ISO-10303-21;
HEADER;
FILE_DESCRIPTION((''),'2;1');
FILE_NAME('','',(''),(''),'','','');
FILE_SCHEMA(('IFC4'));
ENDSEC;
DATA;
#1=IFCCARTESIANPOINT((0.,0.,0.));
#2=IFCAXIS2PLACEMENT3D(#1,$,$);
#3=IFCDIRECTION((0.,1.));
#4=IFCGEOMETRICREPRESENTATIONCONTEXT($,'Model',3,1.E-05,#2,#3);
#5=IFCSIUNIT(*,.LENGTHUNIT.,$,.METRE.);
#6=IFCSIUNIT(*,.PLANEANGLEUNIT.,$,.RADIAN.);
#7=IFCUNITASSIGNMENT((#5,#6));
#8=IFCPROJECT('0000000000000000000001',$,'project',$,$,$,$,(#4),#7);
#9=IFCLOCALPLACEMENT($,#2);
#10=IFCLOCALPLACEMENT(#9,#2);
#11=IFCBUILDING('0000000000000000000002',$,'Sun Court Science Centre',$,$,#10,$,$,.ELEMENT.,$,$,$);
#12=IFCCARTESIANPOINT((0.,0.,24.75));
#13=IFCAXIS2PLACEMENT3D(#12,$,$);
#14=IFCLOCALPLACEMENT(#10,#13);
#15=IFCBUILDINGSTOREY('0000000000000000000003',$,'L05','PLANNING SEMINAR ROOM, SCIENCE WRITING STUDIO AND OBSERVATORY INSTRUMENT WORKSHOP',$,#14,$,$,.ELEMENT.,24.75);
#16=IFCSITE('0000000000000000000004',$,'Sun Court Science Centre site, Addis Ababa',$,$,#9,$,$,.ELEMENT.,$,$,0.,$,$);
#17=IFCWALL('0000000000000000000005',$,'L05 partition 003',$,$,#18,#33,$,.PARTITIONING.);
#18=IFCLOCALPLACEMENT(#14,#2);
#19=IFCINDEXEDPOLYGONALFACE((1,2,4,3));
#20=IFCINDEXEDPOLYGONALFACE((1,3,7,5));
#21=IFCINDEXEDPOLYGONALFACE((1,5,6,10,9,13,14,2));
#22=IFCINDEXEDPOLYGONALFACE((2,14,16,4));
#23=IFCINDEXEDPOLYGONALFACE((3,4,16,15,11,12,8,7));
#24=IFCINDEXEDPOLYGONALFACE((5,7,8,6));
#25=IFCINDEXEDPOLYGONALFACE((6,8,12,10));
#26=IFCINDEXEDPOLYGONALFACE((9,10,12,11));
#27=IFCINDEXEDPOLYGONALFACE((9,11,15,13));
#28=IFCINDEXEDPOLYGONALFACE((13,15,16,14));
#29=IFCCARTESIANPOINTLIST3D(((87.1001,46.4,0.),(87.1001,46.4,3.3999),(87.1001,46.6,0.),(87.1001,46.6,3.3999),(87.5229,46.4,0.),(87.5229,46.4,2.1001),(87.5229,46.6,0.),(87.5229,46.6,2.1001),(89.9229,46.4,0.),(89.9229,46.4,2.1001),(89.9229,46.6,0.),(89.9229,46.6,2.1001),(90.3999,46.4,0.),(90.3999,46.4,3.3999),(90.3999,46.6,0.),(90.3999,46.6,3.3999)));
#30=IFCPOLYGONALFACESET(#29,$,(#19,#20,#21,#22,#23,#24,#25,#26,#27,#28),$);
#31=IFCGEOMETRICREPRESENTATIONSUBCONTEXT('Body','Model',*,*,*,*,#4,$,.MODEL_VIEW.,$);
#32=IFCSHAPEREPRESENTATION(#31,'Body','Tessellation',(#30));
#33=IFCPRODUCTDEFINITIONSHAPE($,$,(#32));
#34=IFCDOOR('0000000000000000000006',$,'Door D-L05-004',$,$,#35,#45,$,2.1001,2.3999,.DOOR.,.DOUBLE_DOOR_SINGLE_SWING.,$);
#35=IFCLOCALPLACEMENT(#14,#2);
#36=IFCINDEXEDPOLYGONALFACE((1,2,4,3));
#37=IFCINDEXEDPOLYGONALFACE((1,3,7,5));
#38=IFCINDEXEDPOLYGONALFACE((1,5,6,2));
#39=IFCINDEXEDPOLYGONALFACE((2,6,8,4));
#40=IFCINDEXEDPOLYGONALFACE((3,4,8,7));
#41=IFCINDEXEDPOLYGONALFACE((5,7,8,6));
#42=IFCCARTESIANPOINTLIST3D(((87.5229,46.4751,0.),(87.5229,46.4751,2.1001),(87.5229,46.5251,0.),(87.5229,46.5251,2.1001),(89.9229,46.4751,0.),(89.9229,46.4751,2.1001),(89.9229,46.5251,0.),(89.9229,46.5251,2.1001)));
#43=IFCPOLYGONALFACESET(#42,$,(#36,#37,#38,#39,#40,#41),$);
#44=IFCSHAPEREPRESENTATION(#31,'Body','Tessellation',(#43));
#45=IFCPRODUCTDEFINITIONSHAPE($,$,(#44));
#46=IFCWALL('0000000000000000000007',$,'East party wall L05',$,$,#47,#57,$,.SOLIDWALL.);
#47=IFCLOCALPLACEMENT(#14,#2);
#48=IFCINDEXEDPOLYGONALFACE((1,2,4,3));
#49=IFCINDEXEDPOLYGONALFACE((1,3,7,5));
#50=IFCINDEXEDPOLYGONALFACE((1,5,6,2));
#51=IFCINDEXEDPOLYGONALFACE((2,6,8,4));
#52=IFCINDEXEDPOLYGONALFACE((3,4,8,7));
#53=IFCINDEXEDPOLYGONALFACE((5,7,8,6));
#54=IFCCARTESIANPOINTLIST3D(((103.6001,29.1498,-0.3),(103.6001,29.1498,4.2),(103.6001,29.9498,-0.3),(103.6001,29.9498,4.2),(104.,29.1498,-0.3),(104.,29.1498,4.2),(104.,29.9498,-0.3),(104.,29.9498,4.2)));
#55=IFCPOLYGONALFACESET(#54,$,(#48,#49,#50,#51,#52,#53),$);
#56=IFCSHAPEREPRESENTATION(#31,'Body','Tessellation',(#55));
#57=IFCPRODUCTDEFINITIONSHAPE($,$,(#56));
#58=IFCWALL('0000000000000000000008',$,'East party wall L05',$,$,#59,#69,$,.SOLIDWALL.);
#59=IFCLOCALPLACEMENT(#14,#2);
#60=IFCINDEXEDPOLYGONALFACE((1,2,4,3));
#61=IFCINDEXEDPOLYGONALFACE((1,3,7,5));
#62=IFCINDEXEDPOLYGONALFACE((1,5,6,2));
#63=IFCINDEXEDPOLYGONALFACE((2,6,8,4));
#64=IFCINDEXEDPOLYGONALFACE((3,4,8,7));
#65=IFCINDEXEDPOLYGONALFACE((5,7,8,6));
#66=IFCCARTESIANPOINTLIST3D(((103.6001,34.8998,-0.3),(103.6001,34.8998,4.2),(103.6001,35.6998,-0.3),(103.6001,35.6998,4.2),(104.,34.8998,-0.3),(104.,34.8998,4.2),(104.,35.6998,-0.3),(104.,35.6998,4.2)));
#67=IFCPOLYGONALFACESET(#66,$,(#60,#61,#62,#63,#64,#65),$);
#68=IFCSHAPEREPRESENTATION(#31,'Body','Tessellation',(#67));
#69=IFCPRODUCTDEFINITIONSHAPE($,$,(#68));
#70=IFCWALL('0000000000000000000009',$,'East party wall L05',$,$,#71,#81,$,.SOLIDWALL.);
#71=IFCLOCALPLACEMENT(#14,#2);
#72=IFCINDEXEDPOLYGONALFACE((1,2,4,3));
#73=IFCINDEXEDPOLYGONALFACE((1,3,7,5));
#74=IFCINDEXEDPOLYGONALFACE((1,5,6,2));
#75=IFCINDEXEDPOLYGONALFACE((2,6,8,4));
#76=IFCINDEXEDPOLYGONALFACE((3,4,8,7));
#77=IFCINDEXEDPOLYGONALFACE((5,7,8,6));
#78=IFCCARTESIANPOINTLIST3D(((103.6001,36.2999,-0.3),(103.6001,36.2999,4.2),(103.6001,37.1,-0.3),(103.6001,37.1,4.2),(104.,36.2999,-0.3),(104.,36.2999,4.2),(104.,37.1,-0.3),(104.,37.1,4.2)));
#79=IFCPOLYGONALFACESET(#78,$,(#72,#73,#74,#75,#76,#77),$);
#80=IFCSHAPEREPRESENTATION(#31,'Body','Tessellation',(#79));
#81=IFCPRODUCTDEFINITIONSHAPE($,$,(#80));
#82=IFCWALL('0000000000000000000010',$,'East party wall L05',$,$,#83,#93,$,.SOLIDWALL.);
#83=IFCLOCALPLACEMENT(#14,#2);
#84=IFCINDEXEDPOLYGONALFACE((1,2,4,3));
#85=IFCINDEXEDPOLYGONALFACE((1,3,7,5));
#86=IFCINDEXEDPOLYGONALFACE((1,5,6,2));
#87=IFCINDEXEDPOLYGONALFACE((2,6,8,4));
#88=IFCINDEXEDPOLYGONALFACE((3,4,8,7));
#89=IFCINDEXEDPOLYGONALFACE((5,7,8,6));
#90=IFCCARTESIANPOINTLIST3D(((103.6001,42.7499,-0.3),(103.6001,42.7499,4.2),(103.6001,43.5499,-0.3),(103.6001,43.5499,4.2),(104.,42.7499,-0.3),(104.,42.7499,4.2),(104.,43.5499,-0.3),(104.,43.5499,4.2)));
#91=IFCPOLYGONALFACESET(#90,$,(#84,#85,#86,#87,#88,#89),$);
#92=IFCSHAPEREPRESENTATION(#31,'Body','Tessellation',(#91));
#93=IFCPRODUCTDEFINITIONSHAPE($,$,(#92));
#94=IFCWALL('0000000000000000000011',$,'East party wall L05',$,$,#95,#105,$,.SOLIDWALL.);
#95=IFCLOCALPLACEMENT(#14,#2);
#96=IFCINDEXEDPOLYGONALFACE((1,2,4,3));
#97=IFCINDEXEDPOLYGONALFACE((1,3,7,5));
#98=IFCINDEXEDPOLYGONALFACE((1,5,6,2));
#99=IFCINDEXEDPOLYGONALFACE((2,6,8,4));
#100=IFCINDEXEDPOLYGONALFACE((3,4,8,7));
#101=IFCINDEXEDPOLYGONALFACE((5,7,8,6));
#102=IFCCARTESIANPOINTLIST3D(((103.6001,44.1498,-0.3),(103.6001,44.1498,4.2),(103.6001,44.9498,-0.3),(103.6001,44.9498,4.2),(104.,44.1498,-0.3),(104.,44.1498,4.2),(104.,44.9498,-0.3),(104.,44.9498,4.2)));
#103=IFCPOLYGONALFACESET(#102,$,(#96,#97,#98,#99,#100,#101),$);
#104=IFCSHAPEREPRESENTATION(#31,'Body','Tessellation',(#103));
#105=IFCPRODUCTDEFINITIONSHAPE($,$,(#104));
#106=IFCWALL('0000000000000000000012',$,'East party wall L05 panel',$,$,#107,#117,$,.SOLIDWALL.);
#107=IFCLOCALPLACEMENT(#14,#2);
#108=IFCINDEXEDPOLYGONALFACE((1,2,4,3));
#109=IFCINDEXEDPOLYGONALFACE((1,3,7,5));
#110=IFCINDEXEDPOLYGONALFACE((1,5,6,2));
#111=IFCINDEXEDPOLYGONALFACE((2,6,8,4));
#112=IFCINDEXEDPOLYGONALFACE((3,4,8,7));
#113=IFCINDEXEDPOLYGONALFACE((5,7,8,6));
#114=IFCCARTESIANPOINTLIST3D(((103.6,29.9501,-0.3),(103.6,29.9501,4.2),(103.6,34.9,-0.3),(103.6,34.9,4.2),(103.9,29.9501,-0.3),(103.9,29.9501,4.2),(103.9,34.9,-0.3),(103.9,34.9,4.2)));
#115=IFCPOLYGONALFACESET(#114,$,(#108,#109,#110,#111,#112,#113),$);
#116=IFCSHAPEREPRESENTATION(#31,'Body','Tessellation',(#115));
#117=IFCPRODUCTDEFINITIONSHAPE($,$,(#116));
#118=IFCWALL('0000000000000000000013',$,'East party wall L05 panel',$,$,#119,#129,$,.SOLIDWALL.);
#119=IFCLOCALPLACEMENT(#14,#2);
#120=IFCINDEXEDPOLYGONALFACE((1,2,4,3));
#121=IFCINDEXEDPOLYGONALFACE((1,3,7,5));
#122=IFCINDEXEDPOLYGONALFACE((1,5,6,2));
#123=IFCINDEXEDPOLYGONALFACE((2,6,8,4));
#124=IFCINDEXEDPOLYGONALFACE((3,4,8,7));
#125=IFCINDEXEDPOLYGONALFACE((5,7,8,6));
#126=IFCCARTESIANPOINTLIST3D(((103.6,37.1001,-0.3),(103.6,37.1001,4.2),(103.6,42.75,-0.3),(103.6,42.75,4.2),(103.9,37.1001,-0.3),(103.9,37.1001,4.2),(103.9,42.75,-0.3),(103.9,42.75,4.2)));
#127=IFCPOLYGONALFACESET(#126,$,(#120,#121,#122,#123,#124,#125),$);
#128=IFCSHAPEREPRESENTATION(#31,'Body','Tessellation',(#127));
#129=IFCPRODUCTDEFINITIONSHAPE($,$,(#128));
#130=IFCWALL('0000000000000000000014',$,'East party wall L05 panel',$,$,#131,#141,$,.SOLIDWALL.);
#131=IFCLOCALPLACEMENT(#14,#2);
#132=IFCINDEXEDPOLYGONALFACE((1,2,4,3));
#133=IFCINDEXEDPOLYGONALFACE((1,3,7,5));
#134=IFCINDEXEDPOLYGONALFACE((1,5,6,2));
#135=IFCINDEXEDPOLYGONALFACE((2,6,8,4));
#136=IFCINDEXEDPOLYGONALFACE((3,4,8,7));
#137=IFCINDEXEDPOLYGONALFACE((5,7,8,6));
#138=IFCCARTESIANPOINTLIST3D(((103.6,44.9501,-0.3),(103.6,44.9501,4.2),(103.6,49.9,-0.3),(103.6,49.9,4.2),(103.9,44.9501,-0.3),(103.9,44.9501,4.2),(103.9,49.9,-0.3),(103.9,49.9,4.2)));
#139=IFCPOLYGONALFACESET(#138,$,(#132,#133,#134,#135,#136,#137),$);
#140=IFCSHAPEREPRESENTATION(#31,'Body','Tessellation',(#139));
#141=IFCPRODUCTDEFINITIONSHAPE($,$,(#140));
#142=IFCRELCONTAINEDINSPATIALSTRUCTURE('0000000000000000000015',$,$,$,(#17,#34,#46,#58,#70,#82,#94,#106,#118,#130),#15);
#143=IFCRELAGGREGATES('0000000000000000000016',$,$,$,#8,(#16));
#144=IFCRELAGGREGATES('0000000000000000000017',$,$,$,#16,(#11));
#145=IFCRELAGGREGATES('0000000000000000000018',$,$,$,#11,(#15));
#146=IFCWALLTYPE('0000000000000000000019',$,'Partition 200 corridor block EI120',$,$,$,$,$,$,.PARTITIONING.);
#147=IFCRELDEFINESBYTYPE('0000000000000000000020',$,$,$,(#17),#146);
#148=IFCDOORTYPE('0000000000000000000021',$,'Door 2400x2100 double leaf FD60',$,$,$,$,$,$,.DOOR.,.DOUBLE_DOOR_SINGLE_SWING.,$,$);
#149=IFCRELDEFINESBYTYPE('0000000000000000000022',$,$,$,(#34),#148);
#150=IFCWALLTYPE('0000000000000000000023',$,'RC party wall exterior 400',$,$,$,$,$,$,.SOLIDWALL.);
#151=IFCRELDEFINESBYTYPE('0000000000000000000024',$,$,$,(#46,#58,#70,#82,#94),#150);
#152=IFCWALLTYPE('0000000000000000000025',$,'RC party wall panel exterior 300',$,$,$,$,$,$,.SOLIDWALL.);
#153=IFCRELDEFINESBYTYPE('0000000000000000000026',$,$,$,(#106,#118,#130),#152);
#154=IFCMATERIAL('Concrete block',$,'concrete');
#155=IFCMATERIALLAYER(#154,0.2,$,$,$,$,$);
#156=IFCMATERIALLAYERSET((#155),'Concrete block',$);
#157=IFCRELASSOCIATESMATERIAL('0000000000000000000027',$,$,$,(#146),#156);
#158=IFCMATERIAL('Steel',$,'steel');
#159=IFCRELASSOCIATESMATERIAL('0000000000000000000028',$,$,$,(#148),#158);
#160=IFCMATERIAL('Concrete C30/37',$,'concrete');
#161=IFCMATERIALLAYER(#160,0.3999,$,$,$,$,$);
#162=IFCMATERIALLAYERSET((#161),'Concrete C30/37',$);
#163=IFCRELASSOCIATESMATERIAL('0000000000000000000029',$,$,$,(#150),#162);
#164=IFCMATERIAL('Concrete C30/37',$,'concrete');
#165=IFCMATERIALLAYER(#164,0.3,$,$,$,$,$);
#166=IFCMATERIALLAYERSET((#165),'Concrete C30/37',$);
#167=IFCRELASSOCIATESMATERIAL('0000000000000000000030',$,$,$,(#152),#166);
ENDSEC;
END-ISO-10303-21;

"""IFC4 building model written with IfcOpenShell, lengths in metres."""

from ifc_helpers import new_model, si_unit, direction, frame, frame_2d, origin, place, context, subcontext, project, spatial, rectangle, extrude, material, layer, layer_set, type_object, element, fill, save


model = new_model("IFC4")

# Units and contexts
model_context = context("Model", 3, precision=1e-05, world=origin(), true_north=direction((0.0, 1.0)))
body_context = subcontext(model_context, "Body", "Model", "MODEL_VIEW")
ifc_project = project(units=[si_unit("LENGTHUNIT", "METRE"), si_unit("PLANEANGLEUNIT", "RADIAN")], contexts=[model_context])

# Site, building, storey
site_placement = place(None, origin())
site = spatial("IfcSite", under=ifc_project, at=site_placement, Name="Sun Court Science Centre site, Addis Ababa", CompositionType="ELEMENT", RefElevation=0.0)
building_placement = place(site_placement, origin())
building = spatial("IfcBuilding", under=site, at=building_placement, Name="Sun Court Science Centre", CompositionType="ELEMENT")
storey_placement = place(building_placement, frame((0.0, 0.0, 24.75)))
storey = spatial("IfcBuildingStorey", under=building, at=storey_placement, Name="L05", Description="PLANNING SEMINAR ROOM, SCIENCE WRITING STUDIO AND OBSERVATORY INSTRUMENT WORKSHOP", CompositionType="ELEMENT", Elevation=24.75)

# Wall, opening, door
ifc_material_1 = material(Name="Concrete block", Category="concrete")
ifc_layer_1 = layer(ifc_material_1, 0.2)
ifc_layer_set_1 = layer_set([ifc_layer_1], Name="Concrete block")
wall_type_1 = type_object("IfcWallType", Name="Partition 200 corridor block EI120", PredefinedType="PARTITIONING", material=ifc_layer_set_1)
wall_1_placement = place(storey_placement, frame((90.3999, 46.5, 0.0), z_axis=(0.0, 0.0, 1.0), x_axis=(-1.0, 0.0, 0.0)))
wall_1 = element("IfcWall", 1, at=wall_1_placement, inside=storey, type_object=wall_type_1, Name="L05 partition 003", PredefinedType="PARTITIONING", context=body_context, shape_type="SweptSolid", body=[
    extrude(rectangle(XDim=3.2998, YDim=0.2, at=frame_2d((1.6499, 0.0))), origin(), (0.0, 0.0, 1.0), 3.3999),
])
opening_placement = place(wall_1_placement, frame((0.4771, 0.0, 0.0)))
opening = element("IfcOpeningElement", 2, at=opening_placement, cuts=wall_1, PredefinedType="OPENING", context=body_context, shape_type="SweptSolid", body=[
    extrude(rectangle(XDim=2.3999, YDim=2.1001, at=frame_2d((1.2, 1.05))), frame((0.0, 0.1099, 0.0), z_axis=(0.0, -1.0, 0.0), x_axis=(1.0, 0.0, 0.0)), (0.0, 0.0, 1.0), 0.22),
])
ifc_material_2 = material(Name="Steel", Category="steel")
door_type = type_object("IfcDoorType", Name="Door 2400x2100 double leaf FD60", OperationType="DOUBLE_DOOR_SINGLE_SWING", PredefinedType="DOOR", material=ifc_material_2)
door_placement = place(opening_placement, origin())
door = element("IfcDoor", 3, at=door_placement, inside=storey, type_object=door_type, Name="Door D-L05-004", OperationType="DOUBLE_DOOR_SINGLE_SWING", OverallHeight=2.1001, OverallWidth=2.3999, PredefinedType="DOOR", context=body_context, shape_type="SweptSolid", body=[
    extrude(rectangle(XDim=2.3999, YDim=2.1001, at=frame_2d((1.2, 1.05))), frame((0.0, 0.0249, 0.0), z_axis=(0.0, -1.0, 0.0), x_axis=(1.0, 0.0, 0.0)), (0.0, 0.0, 1.0), 0.05),
])
fill(opening, door)

# Walls
ifc_material_3 = material(Name="Concrete C30/37", Category="concrete")
ifc_layer_2 = layer(ifc_material_3, 0.3999)
ifc_layer_set_2 = layer_set([ifc_layer_2], Name="Concrete C30/37")
wall_type_2 = type_object("IfcWallType", Name="RC party wall exterior 400", PredefinedType="SOLIDWALL", material=ifc_layer_set_2)
for number, where, z_axis, x_axis, name in (
    (4, (103.8, 29.1499, -0.3), (0.0, 0.0, 1.0), (0.0, 1.0, 0.0), "East party wall L05"),
    (5, (103.8, 34.8999, -0.3), (0.0, 0.0, 1.0), (0.0, 1.0, 0.0), "East party wall L05"),
    (6, (103.8, 36.3, -0.3), (0.0, 0.0, 1.0), (0.0, 1.0, 0.0), "East party wall L05"),
    (7, (103.8, 42.75, -0.3), (0.0, 0.0, 1.0), (0.0, 1.0, 0.0), "East party wall L05"),
    (8, (103.8, 44.1499, -0.3), (0.0, 0.0, 1.0), (0.0, 1.0, 0.0), "East party wall L05"),
):
    element("IfcWall", number, at=place(storey_placement, frame(where, z_axis=z_axis, x_axis=x_axis)), inside=storey, type_object=wall_type_2, Name=name, PredefinedType="SOLIDWALL", context=body_context, shape_type="SweptSolid", body=[
        extrude(rectangle(XDim=0.8, YDim=0.3999, at=frame_2d((0.3999, 0.0))), origin(), (0.0, 0.0, 1.0), 4.5),
    ])
ifc_material_4 = material(Name="Concrete C30/37", Category="concrete")
ifc_layer_3 = layer(ifc_material_4, 0.3)
ifc_layer_set_3 = layer_set([ifc_layer_3], Name="Concrete C30/37")
wall_type_3 = type_object("IfcWallType", Name="RC party wall panel exterior 300", PredefinedType="SOLIDWALL", material=ifc_layer_set_3)
wall_2_placement = place(storey_placement, frame((103.75, 29.95, -0.3), z_axis=(0.0, 0.0, 1.0), x_axis=(0.0, 1.0, 0.0)))
element("IfcWall", 9, at=wall_2_placement, inside=storey, type_object=wall_type_3, Name="East party wall L05 panel", PredefinedType="SOLIDWALL", context=body_context, shape_type="SweptSolid", body=[
    extrude(rectangle(XDim=4.95, YDim=0.3, at=frame_2d((2.4751, 0.0))), origin(), (0.0, 0.0, 1.0), 4.5),
])
wall_3_placement = place(storey_placement, frame((103.75, 37.1001, -0.3), z_axis=(0.0, 0.0, 1.0), x_axis=(0.0, 1.0, 0.0)))
element("IfcWall", 10, at=wall_3_placement, inside=storey, type_object=wall_type_3, Name="East party wall L05 panel", PredefinedType="SOLIDWALL", context=body_context, shape_type="SweptSolid", body=[
    extrude(rectangle(XDim=5.6499, YDim=0.3, at=frame_2d((2.825, 0.0))), origin(), (0.0, 0.0, 1.0), 4.5),
])
wall_4_placement = place(storey_placement, frame((103.75, 44.95, -0.3), z_axis=(0.0, 0.0, 1.0), x_axis=(0.0, 1.0, 0.0)))
element("IfcWall", 11, at=wall_4_placement, inside=storey, type_object=wall_type_3, Name="East party wall L05 panel", PredefinedType="SOLIDWALL", context=body_context, shape_type="SweptSolid", body=[
    extrude(rectangle(XDim=4.95, YDim=0.3, at=frame_2d((2.4751, 0.0))), origin(), (0.0, 0.0, 1.0), 4.5),
])

save(model, "model.ifc")
